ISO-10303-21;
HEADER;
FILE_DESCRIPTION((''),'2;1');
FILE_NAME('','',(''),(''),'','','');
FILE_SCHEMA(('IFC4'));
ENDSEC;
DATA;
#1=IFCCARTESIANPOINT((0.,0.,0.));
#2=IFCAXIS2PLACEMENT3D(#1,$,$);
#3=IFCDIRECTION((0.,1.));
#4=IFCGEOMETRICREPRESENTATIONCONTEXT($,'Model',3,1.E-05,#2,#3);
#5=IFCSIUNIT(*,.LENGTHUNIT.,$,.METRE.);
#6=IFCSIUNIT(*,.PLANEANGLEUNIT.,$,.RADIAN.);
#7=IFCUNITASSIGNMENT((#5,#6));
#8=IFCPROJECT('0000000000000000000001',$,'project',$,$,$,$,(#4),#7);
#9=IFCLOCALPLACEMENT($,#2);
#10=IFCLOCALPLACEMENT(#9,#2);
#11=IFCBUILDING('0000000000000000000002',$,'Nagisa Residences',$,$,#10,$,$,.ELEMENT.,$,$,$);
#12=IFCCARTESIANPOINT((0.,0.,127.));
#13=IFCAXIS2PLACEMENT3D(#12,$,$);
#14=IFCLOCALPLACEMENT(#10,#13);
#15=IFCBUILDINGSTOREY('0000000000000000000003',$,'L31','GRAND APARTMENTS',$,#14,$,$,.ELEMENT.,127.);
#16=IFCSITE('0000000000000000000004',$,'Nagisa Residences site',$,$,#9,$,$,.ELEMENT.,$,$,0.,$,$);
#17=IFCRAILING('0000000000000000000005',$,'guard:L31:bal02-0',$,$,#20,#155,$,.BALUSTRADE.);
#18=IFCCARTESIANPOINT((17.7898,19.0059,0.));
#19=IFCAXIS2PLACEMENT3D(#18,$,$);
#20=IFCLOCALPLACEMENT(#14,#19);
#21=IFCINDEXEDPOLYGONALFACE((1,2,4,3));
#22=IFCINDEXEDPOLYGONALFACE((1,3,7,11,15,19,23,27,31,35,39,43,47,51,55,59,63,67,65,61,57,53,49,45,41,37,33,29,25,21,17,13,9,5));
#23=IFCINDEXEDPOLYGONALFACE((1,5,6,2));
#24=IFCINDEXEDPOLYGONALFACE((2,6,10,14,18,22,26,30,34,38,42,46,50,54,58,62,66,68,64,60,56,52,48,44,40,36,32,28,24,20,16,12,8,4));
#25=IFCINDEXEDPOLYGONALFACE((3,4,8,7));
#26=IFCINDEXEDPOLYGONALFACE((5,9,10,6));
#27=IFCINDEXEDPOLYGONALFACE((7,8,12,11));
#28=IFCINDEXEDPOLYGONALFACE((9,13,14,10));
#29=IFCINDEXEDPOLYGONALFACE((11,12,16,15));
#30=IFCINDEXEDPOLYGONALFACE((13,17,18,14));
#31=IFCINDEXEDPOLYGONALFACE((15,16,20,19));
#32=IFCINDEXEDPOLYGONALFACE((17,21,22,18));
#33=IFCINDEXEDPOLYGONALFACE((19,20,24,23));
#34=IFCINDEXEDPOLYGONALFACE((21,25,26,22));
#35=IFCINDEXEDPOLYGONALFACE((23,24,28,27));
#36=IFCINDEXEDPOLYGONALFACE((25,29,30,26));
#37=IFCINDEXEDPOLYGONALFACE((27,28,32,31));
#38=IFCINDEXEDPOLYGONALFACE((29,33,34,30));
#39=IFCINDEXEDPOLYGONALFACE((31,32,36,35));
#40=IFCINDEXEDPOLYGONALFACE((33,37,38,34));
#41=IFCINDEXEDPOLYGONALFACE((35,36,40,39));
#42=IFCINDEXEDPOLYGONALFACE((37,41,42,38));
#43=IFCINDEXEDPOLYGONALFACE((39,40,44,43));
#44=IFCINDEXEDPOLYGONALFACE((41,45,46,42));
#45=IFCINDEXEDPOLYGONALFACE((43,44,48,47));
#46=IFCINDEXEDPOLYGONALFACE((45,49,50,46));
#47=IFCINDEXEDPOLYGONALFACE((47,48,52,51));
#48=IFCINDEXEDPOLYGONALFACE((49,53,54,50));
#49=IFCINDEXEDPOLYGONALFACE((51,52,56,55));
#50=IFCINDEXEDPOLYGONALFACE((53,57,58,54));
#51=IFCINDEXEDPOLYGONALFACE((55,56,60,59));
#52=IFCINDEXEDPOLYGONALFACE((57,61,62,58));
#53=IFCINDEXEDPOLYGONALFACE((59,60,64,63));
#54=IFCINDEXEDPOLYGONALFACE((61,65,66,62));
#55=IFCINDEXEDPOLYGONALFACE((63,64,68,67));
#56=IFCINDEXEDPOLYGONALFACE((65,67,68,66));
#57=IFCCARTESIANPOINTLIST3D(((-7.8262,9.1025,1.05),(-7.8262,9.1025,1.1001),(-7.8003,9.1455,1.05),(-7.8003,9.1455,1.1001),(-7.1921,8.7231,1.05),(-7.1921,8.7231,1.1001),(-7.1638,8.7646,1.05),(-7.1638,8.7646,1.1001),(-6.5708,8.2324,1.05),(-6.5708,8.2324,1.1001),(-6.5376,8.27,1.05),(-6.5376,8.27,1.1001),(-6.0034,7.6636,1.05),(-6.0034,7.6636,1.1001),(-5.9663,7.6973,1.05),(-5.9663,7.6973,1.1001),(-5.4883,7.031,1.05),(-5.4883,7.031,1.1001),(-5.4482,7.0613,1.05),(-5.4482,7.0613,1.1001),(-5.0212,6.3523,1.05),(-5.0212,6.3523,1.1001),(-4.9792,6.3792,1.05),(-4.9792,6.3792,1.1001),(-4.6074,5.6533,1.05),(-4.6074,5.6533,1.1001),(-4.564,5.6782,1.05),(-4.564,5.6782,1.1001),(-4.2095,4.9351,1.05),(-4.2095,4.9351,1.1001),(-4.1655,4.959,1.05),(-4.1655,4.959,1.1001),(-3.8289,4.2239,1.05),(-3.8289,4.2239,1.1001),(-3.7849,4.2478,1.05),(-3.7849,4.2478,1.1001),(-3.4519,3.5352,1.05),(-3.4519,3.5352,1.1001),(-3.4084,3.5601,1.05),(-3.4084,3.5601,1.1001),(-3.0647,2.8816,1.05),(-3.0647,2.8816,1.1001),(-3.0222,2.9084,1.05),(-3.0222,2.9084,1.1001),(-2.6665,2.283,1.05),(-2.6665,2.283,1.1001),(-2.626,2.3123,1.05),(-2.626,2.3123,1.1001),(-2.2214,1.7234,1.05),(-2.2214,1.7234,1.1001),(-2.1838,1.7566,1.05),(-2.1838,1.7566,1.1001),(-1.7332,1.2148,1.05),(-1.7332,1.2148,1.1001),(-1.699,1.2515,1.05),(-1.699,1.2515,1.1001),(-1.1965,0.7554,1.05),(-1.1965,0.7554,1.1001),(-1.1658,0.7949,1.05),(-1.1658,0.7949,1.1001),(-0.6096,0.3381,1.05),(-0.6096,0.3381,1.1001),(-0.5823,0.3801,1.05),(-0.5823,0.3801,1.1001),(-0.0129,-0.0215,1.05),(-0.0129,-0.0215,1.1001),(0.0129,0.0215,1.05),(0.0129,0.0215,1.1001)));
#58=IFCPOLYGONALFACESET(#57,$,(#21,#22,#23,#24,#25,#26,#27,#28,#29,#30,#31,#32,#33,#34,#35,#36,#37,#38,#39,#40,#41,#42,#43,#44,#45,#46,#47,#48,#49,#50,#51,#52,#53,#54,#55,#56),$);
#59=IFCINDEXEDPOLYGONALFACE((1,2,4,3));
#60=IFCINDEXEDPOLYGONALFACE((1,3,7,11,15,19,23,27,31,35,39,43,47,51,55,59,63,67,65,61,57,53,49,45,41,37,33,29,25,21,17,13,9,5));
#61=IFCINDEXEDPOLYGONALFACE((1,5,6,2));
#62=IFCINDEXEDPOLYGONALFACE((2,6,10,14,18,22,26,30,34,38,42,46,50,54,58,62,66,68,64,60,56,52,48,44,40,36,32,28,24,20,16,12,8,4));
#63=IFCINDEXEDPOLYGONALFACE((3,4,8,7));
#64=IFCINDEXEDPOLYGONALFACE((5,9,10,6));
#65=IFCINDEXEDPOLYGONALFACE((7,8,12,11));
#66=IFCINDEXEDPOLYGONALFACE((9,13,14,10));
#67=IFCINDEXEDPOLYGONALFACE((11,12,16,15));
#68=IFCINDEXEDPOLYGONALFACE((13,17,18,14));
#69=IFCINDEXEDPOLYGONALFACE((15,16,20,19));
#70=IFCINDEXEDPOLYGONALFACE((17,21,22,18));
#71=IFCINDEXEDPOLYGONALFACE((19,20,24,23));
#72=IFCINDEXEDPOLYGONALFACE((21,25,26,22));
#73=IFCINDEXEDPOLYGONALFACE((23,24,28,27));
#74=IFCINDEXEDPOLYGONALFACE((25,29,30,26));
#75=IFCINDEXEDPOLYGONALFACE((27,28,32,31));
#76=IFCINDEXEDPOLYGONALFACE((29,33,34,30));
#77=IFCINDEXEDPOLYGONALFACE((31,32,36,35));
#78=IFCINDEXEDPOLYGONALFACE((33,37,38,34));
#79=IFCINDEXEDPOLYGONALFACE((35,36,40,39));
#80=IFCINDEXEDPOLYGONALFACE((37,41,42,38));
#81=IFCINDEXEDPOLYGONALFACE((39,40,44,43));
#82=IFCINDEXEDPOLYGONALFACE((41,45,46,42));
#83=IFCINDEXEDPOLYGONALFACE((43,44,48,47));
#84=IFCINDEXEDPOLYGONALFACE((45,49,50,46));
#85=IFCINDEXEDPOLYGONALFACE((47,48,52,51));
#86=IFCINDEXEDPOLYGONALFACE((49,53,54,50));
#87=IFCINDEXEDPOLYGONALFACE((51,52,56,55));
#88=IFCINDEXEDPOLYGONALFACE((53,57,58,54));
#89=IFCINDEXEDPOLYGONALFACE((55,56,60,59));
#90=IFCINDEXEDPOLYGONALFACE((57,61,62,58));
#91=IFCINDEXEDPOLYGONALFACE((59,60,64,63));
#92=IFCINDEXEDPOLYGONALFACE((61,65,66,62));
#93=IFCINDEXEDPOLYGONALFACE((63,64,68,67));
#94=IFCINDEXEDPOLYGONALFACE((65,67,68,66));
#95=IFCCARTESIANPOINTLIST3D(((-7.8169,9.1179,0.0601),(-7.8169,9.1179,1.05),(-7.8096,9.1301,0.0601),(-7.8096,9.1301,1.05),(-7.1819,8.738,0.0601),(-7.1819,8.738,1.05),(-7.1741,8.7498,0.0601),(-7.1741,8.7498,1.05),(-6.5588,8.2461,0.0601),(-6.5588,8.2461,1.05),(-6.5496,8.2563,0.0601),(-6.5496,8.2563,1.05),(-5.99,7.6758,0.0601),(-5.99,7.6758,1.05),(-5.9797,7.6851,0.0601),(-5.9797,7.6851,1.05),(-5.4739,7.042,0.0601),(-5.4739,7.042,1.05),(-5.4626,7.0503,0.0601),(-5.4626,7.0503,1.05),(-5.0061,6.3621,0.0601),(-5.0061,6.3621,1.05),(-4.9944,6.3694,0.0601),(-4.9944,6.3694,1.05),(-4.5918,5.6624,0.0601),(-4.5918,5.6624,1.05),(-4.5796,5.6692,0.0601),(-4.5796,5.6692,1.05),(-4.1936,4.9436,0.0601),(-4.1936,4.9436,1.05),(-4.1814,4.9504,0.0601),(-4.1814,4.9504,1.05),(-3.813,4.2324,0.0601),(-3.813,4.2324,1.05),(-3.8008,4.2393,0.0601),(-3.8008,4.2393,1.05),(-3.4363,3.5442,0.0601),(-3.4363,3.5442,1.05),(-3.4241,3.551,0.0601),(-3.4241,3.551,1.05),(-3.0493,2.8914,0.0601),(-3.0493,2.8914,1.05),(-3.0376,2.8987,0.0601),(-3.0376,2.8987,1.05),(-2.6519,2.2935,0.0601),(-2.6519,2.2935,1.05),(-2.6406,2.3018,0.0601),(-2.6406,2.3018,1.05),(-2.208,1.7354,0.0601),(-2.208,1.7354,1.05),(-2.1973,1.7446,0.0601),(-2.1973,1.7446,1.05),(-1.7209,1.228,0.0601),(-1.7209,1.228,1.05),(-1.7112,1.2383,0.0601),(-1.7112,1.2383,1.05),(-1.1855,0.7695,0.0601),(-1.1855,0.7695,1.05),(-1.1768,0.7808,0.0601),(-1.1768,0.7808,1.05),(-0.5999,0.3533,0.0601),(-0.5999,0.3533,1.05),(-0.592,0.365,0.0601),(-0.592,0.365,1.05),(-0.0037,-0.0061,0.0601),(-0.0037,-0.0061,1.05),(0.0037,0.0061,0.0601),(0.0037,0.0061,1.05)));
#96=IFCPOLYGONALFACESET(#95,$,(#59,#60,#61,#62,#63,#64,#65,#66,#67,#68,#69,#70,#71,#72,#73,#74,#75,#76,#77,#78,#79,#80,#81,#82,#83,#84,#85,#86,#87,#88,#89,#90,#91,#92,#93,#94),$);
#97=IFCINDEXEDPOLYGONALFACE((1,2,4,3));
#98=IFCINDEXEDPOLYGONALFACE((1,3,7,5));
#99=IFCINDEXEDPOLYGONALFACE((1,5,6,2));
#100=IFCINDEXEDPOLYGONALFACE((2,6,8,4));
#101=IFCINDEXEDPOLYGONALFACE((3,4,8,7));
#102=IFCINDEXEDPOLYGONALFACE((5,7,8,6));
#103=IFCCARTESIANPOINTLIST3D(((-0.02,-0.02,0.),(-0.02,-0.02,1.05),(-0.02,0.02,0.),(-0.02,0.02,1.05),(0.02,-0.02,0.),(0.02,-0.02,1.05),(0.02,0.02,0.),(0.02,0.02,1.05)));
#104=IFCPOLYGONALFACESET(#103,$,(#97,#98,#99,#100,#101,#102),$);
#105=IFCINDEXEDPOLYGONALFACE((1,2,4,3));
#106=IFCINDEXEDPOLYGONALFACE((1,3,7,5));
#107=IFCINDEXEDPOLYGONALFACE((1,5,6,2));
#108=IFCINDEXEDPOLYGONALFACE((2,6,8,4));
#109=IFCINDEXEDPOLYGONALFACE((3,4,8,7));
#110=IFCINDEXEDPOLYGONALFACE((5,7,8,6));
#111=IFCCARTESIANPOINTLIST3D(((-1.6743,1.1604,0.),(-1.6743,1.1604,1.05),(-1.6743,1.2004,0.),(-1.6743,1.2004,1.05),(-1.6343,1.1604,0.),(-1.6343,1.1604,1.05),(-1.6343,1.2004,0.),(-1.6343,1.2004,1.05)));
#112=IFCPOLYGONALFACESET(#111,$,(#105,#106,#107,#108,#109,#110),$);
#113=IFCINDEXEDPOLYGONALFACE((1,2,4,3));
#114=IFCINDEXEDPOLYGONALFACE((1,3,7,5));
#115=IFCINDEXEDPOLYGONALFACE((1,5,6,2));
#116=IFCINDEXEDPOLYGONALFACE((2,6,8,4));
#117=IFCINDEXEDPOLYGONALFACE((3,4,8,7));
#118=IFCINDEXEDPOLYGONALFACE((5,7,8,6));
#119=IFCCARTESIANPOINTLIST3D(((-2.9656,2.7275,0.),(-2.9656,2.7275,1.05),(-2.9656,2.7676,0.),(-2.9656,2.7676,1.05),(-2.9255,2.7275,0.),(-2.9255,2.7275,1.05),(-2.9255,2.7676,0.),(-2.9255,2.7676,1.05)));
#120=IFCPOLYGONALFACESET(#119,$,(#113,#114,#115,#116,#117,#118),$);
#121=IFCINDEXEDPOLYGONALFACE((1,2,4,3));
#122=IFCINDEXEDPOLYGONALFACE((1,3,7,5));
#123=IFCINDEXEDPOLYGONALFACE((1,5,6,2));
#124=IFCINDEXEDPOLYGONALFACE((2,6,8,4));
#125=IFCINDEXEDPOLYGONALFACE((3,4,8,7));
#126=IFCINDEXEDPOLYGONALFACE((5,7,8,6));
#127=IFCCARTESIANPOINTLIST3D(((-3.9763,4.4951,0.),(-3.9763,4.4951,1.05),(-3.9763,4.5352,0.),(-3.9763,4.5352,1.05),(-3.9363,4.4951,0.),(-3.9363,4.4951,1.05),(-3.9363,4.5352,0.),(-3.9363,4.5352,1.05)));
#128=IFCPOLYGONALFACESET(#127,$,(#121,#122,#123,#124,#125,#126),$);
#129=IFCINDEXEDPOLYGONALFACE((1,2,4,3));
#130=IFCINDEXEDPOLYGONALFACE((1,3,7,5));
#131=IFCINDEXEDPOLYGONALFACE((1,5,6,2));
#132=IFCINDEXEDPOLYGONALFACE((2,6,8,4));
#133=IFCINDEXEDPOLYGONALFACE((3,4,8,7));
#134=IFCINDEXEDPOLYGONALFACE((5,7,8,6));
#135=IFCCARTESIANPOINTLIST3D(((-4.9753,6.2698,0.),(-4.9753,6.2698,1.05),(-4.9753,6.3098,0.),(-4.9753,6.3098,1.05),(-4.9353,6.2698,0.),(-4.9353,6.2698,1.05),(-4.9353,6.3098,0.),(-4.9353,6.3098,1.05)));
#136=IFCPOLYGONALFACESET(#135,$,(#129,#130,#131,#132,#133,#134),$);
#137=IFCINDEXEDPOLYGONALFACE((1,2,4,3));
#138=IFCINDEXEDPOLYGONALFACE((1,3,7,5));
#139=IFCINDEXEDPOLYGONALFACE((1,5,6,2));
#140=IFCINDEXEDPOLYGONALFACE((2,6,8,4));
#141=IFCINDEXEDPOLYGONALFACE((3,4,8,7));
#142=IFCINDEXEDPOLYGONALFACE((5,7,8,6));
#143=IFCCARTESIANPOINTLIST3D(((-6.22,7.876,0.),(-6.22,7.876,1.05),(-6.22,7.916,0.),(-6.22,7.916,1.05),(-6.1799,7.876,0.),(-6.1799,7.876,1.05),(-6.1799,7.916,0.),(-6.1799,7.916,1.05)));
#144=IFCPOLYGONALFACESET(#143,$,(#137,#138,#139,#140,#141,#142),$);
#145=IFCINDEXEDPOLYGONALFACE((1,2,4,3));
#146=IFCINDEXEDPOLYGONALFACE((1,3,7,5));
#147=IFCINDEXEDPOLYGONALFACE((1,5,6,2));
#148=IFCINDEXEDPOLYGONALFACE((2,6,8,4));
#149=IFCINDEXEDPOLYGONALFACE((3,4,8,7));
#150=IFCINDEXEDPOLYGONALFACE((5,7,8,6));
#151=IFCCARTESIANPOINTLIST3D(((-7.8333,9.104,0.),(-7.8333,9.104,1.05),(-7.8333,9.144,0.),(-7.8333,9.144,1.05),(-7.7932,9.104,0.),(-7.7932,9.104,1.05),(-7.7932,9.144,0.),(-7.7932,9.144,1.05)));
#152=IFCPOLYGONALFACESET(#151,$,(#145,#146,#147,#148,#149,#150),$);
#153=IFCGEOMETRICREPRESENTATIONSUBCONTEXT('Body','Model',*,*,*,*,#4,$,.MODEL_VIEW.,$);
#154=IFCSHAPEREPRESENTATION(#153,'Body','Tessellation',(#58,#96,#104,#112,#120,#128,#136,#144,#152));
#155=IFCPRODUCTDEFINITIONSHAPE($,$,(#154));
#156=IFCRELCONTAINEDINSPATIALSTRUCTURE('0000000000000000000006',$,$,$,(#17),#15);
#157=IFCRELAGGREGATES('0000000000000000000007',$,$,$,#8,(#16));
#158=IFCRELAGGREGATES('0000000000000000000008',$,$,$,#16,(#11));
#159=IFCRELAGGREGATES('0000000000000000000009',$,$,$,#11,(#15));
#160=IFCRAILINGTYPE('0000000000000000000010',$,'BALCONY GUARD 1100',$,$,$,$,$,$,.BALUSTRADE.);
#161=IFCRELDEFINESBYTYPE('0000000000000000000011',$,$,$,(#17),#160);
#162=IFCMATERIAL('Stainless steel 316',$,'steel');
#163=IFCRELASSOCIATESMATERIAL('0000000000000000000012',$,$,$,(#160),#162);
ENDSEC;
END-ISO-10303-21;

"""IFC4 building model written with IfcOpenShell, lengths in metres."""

from ifc_helpers import new_model, si_unit, direction, frame, origin, origin_2d, place, context, subcontext, project, spatial, polyline, rectangle, outline, extrude, material, type_object, element, save


model = new_model("IFC4")

# Units and contexts
model_context = context("Model", 3, precision=1e-05, world=origin(), true_north=direction((0.0, 1.0)))
body_context = subcontext(model_context, "Body", "Model", "MODEL_VIEW")
ifc_project = project(units=[si_unit("LENGTHUNIT", "METRE"), si_unit("PLANEANGLEUNIT", "RADIAN")], contexts=[model_context])

# Site, building, storey
site_placement = place(None, origin())
site = spatial("IfcSite", under=ifc_project, at=site_placement, Name="Nagisa Residences site", CompositionType="ELEMENT", RefElevation=0.0)
building_placement = place(site_placement, origin())
building = spatial("IfcBuilding", under=site, at=building_placement, Name="Nagisa Residences", CompositionType="ELEMENT")
storey_placement = place(building_placement, frame((0.0, 0.0, 127.0)))
storey = spatial("IfcBuildingStorey", under=building, at=storey_placement, Name="L31", Description="GRAND APARTMENTS", CompositionType="ELEMENT", Elevation=127.0)

# Railing
ifc_material_1 = material(Name="Stainless steel 316", Category="steel")
railing_type = type_object("IfcRailingType", Name="BALCONY GUARD 1100", PredefinedType="BALUSTRADE", material=ifc_material_1)
railing_1_placement = place(storey_placement, frame((17.7898, 19.0059, 0.0)))
element("IfcRailing", 1, at=railing_1_placement, inside=storey, type_object=railing_type, Name="guard:L31:bal02-0", PredefinedType="BALUSTRADE", context=body_context, shape_type="SweptSolid", body=[
    extrude(outline(polyline([(-0.6096, 0.3381), (-0.0129, -0.0215), (0.0129, 0.0215), (-0.5823, 0.3801), (-1.1658, 0.7949), (-1.699, 1.2515), (-2.1838, 1.7566), (-2.626, 2.3123), (-3.0222, 2.9084), (-3.4084, 3.5601), (-3.7849, 4.2478), (-4.1655, 4.959), (-4.564, 5.6782), (-4.9792, 6.3792), (-5.4482, 7.0613), (-5.9663, 7.6973), (-6.5376, 8.27), (-7.1638, 8.7646), (-7.8003, 9.1455), (-7.8262, 9.1025), (-7.1921, 8.7231), (-6.5708, 8.2324), (-6.0034, 7.6636), (-5.4883, 7.031), (-5.0212, 6.3523), (-4.6074, 5.6533), (-4.2095, 4.9351), (-3.8289, 4.2239), (-3.4519, 3.5352), (-3.0647, 2.8816), (-2.6665, 2.283), (-2.2214, 1.7234), (-1.7332, 1.2148), (-1.1965, 0.7554), (-0.6096, 0.3381)])), frame((0.0, 0.0, 1.05)), (0.0, 0.0, 1.0), 0.05),
    extrude(outline(polyline([(-0.5999, 0.3533), (-0.0037, -0.0061), (0.0037, 0.0061), (-0.592, 0.365), (-1.1768, 0.7808), (-1.7112, 1.2383), (-2.1973, 1.7446), (-2.6406, 2.3018), (-3.0376, 2.8987), (-3.4241, 3.551), (-3.8008, 4.2393), (-4.1814, 4.9504), (-4.5796, 5.6692), (-4.9944, 6.3694), (-5.4626, 7.0503), (-5.9797, 7.6851), (-6.5496, 8.2563), (-7.1741, 8.7498), (-7.8096, 9.1301), (-7.8169, 9.1179), (-7.1819, 8.738), (-6.5588, 8.2461), (-5.99, 7.6758), (-5.4739, 7.042), (-5.0061, 6.3621), (-4.5918, 5.6624), (-4.1936, 4.9436), (-3.813, 4.2324), (-3.4363, 3.5442), (-3.0493, 2.8914), (-2.6519, 2.2935), (-2.208, 1.7354), (-1.7209, 1.228), (-1.1855, 0.7695), (-0.5999, 0.3533)])), frame((0.0, 0.0, 0.0601)), (0.0, 0.0, 1.0), 0.99),
    extrude(rectangle(XDim=0.04, YDim=0.04, at=origin_2d()), origin(), (0.0, 0.0, 1.0), 1.05),
    extrude(rectangle(XDim=0.04, YDim=0.04, at=origin_2d()), frame((-1.6543, 1.1804, 0.0)), (0.0, 0.0, 1.0), 1.05),
    extrude(rectangle(XDim=0.04, YDim=0.04, at=origin_2d()), frame((-2.9456, 2.7476, 0.0)), (0.0, 0.0, 1.0), 1.05),
    extrude(rectangle(XDim=0.04, YDim=0.04, at=origin_2d()), frame((-3.9563, 4.5151, 0.0)), (0.0, 0.0, 1.0), 1.05),
    extrude(rectangle(XDim=0.04, YDim=0.04, at=origin_2d()), frame((-4.9553, 6.2898, 0.0)), (0.0, 0.0, 1.0), 1.05),
    extrude(rectangle(XDim=0.04, YDim=0.04, at=origin_2d()), frame((-6.2, 7.896, 0.0)), (0.0, 0.0, 1.0), 1.05),
    extrude(rectangle(XDim=0.04, YDim=0.04, at=origin_2d()), frame((-7.8132, 9.124, 0.0)), (0.0, 0.0, 1.0), 1.05),
])

save(model, "model.ifc")
